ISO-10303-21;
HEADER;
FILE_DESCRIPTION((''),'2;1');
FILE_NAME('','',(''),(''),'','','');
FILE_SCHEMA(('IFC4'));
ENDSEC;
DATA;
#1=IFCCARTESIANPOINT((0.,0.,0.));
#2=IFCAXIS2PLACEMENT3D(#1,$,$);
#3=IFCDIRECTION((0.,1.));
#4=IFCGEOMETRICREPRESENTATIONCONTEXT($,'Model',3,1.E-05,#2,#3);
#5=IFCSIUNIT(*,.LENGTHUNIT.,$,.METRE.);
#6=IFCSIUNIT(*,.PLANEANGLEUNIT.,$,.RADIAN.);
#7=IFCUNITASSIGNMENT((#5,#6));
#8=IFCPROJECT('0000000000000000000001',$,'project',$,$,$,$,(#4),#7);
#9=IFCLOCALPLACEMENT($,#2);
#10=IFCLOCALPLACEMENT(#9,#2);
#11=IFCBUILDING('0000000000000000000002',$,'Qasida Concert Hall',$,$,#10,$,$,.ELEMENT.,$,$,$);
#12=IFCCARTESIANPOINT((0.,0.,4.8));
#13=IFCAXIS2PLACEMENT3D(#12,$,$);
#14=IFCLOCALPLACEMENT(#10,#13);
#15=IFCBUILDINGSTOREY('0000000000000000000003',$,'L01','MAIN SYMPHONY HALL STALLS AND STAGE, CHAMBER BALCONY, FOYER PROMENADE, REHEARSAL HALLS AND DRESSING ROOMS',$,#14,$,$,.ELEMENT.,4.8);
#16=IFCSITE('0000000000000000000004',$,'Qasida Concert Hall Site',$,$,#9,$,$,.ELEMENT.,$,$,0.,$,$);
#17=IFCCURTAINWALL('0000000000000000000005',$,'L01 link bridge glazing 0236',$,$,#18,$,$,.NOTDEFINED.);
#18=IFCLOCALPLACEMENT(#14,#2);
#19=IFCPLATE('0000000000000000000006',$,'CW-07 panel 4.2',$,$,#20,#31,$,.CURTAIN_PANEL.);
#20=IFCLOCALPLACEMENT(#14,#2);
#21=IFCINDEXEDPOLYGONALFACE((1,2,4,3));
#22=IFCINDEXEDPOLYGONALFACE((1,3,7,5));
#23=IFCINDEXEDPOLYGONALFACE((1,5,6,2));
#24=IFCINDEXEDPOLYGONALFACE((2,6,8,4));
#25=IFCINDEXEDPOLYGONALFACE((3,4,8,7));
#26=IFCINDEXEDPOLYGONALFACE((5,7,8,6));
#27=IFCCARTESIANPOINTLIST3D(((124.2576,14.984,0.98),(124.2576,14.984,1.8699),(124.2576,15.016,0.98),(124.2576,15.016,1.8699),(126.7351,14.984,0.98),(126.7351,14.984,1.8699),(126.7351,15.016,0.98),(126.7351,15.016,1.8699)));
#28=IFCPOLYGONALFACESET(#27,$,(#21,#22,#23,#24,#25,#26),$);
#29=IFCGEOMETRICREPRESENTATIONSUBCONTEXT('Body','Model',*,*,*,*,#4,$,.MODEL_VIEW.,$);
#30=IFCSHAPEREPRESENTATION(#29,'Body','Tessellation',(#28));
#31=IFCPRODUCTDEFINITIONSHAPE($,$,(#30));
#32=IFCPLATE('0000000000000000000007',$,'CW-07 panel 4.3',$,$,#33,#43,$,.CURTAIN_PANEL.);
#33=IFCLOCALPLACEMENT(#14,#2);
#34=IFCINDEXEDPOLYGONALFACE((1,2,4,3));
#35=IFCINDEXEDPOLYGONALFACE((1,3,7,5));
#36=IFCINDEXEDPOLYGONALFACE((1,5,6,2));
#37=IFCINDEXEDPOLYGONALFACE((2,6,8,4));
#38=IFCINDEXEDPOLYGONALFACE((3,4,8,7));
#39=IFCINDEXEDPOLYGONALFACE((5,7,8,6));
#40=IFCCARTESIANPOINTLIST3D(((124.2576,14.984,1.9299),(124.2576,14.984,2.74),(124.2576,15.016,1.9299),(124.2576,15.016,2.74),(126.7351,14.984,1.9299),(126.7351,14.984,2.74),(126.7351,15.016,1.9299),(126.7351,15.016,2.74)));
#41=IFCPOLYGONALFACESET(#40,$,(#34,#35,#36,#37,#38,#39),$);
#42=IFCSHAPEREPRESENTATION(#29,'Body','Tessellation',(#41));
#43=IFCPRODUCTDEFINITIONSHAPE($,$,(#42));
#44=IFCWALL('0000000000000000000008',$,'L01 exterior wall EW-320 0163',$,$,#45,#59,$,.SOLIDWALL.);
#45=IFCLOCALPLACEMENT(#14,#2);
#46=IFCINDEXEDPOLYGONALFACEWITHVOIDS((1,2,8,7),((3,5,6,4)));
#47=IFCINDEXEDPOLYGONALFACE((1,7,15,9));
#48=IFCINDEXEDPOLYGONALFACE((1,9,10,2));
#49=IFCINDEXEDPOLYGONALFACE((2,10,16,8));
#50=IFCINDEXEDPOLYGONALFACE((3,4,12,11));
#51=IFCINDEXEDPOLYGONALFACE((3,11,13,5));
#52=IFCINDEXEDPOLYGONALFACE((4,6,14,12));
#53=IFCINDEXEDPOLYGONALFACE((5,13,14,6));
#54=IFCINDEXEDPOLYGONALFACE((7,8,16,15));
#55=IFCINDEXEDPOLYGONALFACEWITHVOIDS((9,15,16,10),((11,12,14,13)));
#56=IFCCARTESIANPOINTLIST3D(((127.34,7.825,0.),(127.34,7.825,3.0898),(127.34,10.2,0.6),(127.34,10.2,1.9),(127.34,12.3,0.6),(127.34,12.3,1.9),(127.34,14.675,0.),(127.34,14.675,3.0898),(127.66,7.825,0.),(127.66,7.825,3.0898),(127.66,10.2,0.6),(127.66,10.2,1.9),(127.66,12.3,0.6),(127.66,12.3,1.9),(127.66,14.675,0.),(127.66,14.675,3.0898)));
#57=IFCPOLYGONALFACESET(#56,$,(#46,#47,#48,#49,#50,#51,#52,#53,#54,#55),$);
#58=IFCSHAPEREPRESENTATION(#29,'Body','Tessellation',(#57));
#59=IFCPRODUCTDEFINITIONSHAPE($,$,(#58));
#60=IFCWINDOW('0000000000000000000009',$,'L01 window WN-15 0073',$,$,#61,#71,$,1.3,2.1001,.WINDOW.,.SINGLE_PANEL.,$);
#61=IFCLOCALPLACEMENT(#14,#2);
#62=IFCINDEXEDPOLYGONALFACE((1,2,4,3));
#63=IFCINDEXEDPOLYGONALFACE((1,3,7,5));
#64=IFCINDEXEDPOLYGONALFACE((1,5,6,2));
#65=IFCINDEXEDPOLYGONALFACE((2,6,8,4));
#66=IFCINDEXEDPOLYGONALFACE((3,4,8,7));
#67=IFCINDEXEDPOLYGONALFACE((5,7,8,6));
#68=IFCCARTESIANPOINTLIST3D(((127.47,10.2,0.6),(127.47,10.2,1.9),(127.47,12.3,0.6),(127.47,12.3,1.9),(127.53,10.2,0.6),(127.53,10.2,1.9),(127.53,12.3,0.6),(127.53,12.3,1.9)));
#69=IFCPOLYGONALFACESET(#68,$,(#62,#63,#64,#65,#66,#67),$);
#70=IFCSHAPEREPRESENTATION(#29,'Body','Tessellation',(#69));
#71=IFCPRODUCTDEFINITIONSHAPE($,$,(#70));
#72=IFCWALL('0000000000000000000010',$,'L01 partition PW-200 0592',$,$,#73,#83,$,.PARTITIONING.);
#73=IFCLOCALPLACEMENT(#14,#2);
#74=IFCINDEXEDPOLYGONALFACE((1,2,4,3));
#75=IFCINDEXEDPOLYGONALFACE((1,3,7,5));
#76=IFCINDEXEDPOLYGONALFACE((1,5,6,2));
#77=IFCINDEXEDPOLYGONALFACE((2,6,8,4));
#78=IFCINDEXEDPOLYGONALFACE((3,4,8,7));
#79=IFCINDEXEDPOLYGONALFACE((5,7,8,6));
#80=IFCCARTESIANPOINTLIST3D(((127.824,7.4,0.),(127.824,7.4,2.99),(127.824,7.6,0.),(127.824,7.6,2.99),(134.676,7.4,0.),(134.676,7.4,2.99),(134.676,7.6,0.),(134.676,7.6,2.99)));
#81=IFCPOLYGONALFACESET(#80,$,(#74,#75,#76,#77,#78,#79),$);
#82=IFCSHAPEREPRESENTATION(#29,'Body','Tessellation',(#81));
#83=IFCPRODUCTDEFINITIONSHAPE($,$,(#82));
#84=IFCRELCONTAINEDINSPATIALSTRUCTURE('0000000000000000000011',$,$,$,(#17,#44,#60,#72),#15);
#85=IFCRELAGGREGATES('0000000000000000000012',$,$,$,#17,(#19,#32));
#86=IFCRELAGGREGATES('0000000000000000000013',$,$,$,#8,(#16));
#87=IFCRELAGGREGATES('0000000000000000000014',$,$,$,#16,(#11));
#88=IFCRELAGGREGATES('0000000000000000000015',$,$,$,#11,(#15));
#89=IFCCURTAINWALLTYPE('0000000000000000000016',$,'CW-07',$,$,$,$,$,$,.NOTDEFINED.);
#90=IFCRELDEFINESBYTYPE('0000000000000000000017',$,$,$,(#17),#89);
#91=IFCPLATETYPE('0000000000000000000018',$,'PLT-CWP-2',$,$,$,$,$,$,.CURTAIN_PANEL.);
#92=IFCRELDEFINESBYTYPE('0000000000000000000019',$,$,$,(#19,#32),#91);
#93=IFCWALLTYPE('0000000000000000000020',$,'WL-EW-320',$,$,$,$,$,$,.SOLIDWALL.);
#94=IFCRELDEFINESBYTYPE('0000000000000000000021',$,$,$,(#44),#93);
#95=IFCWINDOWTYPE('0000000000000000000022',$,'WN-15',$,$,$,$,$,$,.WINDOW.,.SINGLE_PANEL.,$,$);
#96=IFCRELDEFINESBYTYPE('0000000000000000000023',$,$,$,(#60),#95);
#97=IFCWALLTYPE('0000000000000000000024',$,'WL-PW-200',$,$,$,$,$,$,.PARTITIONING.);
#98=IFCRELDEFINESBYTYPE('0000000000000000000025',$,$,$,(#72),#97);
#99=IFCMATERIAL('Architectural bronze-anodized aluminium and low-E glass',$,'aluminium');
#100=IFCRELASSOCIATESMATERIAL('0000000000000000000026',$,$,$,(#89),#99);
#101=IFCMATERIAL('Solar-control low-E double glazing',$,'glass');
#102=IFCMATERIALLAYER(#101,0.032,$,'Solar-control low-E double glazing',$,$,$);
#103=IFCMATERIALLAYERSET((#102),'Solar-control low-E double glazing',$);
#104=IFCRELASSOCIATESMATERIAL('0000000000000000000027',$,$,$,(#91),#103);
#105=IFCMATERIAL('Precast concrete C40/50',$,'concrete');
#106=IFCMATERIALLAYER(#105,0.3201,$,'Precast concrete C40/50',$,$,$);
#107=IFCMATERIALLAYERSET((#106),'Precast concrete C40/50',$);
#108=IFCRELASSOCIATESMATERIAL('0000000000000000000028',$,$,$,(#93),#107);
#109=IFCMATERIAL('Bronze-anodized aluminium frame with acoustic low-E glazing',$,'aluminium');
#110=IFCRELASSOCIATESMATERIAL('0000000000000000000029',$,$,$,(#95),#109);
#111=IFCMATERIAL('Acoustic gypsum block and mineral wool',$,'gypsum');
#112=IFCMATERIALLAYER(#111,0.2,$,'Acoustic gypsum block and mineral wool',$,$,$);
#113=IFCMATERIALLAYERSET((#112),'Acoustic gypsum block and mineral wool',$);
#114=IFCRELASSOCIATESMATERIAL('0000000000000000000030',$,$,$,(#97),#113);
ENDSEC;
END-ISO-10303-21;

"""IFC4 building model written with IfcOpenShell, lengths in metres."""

from ifc_helpers import new_model, si_unit, direction, frame, frame_2d, origin, origin_2d, place, context, subcontext, project, spatial, rectangle, extrude, material, layer, layer_set, type_object, element, fill, aggregate, save


model = new_model("IFC4")

# Units and contexts
model_context = context("Model", 3, precision=1e-05, world=origin(), true_north=direction((0.0, 1.0)))
body_context = subcontext(model_context, "Body", "Model", "MODEL_VIEW")
ifc_project = project(units=[si_unit("LENGTHUNIT", "METRE"), si_unit("PLANEANGLEUNIT", "RADIAN")], contexts=[model_context])

# Site, building, storey
site_placement = place(None, origin())
site = spatial("IfcSite", under=ifc_project, at=site_placement, Name="Qasida Concert Hall Site", CompositionType="ELEMENT", RefElevation=0.0)
building_placement = place(site_placement, origin())
building = spatial("IfcBuilding", under=site, at=building_placement, Name="Qasida Concert Hall", CompositionType="ELEMENT")
storey_placement = place(building_placement, frame((0.0, 0.0, 4.8)))
storey = spatial("IfcBuildingStorey", under=building, at=storey_placement, Name="L01", Description="MAIN SYMPHONY HALL STALLS AND STAGE, CHAMBER BALCONY, FOYER PROMENADE, REHEARSAL HALLS AND DRESSING ROOMS", CompositionType="ELEMENT", Elevation=4.8)

# Shared definitions
ifc_material_1 = material(Name="Architectural bronze-anodized aluminium and low-E glass", Category="aluminium")
curtain_wall_type = type_object("IfcCurtainWallType", Name="CW-07", PredefinedType="NOTDEFINED", material=ifc_material_1)

# Curtain wall
curtain_wall_1_placement = place(storey_placement, origin())
curtain_wall_1 = element("IfcCurtainWall", 1, at=curtain_wall_1_placement, inside=storey, type_object=curtain_wall_type, Name="L01 link bridge glazing 0236", PredefinedType="NOTDEFINED")

# Plates
ifc_material_2 = material(Name="Solar-control low-E double glazing", Category="glass")
ifc_layer_1 = layer(ifc_material_2, 0.032, Name="Solar-control low-E double glazing")
ifc_layer_set_1 = layer_set([ifc_layer_1], Name="Solar-control low-E double glazing")
plate_type = type_object("IfcPlateType", Name="PLT-CWP-2", PredefinedType="CURTAIN_PANEL", material=ifc_layer_set_1)
plate_1_placement = place(storey_placement, frame((125.4963, 15.0, 0.98), z_axis=(0.0, 0.0, 1.0), x_axis=(1.0, 0.0, 0.0)))
plate_1 = element("IfcPlate", 2, at=plate_1_placement, type_object=plate_type, Name="CW-07 panel 4.2", PredefinedType="CURTAIN_PANEL", context=body_context, shape_type="SweptSolid", body=[
    extrude(rectangle(XDim=2.4775, YDim=0.032, at=origin_2d()), origin(), (0.0, 0.0, 1.0), 0.8899),
])
plate_2_placement = place(storey_placement, frame((125.4963, 15.0, 1.9299), z_axis=(0.0, 0.0, 1.0), x_axis=(1.0, 0.0, 0.0)))
plate_2 = element("IfcPlate", 3, at=plate_2_placement, type_object=plate_type, Name="CW-07 panel 4.3", PredefinedType="CURTAIN_PANEL", context=body_context, shape_type="SweptSolid", body=[
    extrude(rectangle(XDim=2.4775, YDim=0.032, at=origin_2d()), origin(), (0.0, 0.0, 1.0), 0.8101),
])
aggregate(curtain_wall_1, [plate_1, plate_2])

# Wall, opening, window
ifc_material_3 = material(Name="Precast concrete C40/50", Category="concrete")
ifc_layer_2 = layer(ifc_material_3, 0.3201, Name="Precast concrete C40/50")
ifc_layer_set_2 = layer_set([ifc_layer_2], Name="Precast concrete C40/50")
wall_type_1 = type_object("IfcWallType", Name="WL-EW-320", PredefinedType="SOLIDWALL", material=ifc_layer_set_2)
wall_1_placement = place(storey_placement, frame((127.5, 14.675, 0.0), z_axis=(0.0, 0.0, 1.0), x_axis=(0.0, -1.0, 0.0)))
wall_1 = element("IfcWall", 4, at=wall_1_placement, inside=storey, type_object=wall_type_1, Name="L01 exterior wall EW-320 0163", PredefinedType="SOLIDWALL", context=body_context, shape_type="SweptSolid", body=[
    extrude(rectangle(XDim=6.8501, YDim=0.3201, at=frame_2d((3.425, 0.0))), origin(), (0.0, 0.0, 1.0), 3.0898),
])
opening_placement = place(wall_1_placement, frame((2.375, 0.0, 0.6001)))
opening = element("IfcOpeningElement", 5, at=opening_placement, cuts=wall_1, PredefinedType="OPENING", context=body_context, shape_type="SweptSolid", body=[
    extrude(rectangle(XDim=2.1001, YDim=1.3, at=frame_2d((1.05, 0.6499))), frame((0.0, 0.1699, 0.0), z_axis=(0.0, -1.0, 0.0), x_axis=(1.0, 0.0, 0.0)), (0.0, 0.0, 1.0), 0.3401),
])
ifc_material_4 = material(Name="Bronze-anodized aluminium frame with acoustic low-E glazing", Category="aluminium")
window_type = type_object("IfcWindowType", Name="WN-15", PartitioningType="SINGLE_PANEL", PredefinedType="WINDOW", material=ifc_material_4)
window_placement = place(opening_placement, origin())
window = element("IfcWindow", 6, at=window_placement, inside=storey, type_object=window_type, Name="L01 window WN-15 0073", OverallHeight=1.3, OverallWidth=2.1001, PartitioningType="SINGLE_PANEL", PredefinedType="WINDOW", context=body_context, shape_type="SweptSolid", body=[
    extrude(rectangle(XDim=2.1001, YDim=1.3, at=frame_2d((1.05, 0.6499))), frame((0.0, 0.03, 0.0), z_axis=(0.0, -1.0, 0.0), x_axis=(1.0, 0.0, 0.0)), (0.0, 0.0, 1.0), 0.0601),
])
fill(opening, window)

# Wall
ifc_material_5 = material(Name="Acoustic gypsum block and mineral wool", Category="gypsum")
ifc_layer_3 = layer(ifc_material_5, 0.2, Name="Acoustic gypsum block and mineral wool")
ifc_layer_set_3 = layer_set([ifc_layer_3], Name="Acoustic gypsum block and mineral wool")
wall_type_2 = type_object("IfcWallType", Name="WL-PW-200", PredefinedType="PARTITIONING", material=ifc_layer_set_3)
wall_2_placement = place(storey_placement, frame((127.824, 7.5, 0.0), z_axis=(0.0, 0.0, 1.0), x_axis=(1.0, 0.0, 0.0)))
element("IfcWall", 7, at=wall_2_placement, inside=storey, type_object=wall_type_2, Name="L01 partition PW-200 0592", PredefinedType="PARTITIONING", context=body_context, shape_type="SweptSolid", body=[
    extrude(rectangle(XDim=6.8521, YDim=0.2, at=frame_2d((3.426, 0.0))), origin(), (0.0, 0.0, 1.0), 2.99),
])

save(model, "model.ifc")
